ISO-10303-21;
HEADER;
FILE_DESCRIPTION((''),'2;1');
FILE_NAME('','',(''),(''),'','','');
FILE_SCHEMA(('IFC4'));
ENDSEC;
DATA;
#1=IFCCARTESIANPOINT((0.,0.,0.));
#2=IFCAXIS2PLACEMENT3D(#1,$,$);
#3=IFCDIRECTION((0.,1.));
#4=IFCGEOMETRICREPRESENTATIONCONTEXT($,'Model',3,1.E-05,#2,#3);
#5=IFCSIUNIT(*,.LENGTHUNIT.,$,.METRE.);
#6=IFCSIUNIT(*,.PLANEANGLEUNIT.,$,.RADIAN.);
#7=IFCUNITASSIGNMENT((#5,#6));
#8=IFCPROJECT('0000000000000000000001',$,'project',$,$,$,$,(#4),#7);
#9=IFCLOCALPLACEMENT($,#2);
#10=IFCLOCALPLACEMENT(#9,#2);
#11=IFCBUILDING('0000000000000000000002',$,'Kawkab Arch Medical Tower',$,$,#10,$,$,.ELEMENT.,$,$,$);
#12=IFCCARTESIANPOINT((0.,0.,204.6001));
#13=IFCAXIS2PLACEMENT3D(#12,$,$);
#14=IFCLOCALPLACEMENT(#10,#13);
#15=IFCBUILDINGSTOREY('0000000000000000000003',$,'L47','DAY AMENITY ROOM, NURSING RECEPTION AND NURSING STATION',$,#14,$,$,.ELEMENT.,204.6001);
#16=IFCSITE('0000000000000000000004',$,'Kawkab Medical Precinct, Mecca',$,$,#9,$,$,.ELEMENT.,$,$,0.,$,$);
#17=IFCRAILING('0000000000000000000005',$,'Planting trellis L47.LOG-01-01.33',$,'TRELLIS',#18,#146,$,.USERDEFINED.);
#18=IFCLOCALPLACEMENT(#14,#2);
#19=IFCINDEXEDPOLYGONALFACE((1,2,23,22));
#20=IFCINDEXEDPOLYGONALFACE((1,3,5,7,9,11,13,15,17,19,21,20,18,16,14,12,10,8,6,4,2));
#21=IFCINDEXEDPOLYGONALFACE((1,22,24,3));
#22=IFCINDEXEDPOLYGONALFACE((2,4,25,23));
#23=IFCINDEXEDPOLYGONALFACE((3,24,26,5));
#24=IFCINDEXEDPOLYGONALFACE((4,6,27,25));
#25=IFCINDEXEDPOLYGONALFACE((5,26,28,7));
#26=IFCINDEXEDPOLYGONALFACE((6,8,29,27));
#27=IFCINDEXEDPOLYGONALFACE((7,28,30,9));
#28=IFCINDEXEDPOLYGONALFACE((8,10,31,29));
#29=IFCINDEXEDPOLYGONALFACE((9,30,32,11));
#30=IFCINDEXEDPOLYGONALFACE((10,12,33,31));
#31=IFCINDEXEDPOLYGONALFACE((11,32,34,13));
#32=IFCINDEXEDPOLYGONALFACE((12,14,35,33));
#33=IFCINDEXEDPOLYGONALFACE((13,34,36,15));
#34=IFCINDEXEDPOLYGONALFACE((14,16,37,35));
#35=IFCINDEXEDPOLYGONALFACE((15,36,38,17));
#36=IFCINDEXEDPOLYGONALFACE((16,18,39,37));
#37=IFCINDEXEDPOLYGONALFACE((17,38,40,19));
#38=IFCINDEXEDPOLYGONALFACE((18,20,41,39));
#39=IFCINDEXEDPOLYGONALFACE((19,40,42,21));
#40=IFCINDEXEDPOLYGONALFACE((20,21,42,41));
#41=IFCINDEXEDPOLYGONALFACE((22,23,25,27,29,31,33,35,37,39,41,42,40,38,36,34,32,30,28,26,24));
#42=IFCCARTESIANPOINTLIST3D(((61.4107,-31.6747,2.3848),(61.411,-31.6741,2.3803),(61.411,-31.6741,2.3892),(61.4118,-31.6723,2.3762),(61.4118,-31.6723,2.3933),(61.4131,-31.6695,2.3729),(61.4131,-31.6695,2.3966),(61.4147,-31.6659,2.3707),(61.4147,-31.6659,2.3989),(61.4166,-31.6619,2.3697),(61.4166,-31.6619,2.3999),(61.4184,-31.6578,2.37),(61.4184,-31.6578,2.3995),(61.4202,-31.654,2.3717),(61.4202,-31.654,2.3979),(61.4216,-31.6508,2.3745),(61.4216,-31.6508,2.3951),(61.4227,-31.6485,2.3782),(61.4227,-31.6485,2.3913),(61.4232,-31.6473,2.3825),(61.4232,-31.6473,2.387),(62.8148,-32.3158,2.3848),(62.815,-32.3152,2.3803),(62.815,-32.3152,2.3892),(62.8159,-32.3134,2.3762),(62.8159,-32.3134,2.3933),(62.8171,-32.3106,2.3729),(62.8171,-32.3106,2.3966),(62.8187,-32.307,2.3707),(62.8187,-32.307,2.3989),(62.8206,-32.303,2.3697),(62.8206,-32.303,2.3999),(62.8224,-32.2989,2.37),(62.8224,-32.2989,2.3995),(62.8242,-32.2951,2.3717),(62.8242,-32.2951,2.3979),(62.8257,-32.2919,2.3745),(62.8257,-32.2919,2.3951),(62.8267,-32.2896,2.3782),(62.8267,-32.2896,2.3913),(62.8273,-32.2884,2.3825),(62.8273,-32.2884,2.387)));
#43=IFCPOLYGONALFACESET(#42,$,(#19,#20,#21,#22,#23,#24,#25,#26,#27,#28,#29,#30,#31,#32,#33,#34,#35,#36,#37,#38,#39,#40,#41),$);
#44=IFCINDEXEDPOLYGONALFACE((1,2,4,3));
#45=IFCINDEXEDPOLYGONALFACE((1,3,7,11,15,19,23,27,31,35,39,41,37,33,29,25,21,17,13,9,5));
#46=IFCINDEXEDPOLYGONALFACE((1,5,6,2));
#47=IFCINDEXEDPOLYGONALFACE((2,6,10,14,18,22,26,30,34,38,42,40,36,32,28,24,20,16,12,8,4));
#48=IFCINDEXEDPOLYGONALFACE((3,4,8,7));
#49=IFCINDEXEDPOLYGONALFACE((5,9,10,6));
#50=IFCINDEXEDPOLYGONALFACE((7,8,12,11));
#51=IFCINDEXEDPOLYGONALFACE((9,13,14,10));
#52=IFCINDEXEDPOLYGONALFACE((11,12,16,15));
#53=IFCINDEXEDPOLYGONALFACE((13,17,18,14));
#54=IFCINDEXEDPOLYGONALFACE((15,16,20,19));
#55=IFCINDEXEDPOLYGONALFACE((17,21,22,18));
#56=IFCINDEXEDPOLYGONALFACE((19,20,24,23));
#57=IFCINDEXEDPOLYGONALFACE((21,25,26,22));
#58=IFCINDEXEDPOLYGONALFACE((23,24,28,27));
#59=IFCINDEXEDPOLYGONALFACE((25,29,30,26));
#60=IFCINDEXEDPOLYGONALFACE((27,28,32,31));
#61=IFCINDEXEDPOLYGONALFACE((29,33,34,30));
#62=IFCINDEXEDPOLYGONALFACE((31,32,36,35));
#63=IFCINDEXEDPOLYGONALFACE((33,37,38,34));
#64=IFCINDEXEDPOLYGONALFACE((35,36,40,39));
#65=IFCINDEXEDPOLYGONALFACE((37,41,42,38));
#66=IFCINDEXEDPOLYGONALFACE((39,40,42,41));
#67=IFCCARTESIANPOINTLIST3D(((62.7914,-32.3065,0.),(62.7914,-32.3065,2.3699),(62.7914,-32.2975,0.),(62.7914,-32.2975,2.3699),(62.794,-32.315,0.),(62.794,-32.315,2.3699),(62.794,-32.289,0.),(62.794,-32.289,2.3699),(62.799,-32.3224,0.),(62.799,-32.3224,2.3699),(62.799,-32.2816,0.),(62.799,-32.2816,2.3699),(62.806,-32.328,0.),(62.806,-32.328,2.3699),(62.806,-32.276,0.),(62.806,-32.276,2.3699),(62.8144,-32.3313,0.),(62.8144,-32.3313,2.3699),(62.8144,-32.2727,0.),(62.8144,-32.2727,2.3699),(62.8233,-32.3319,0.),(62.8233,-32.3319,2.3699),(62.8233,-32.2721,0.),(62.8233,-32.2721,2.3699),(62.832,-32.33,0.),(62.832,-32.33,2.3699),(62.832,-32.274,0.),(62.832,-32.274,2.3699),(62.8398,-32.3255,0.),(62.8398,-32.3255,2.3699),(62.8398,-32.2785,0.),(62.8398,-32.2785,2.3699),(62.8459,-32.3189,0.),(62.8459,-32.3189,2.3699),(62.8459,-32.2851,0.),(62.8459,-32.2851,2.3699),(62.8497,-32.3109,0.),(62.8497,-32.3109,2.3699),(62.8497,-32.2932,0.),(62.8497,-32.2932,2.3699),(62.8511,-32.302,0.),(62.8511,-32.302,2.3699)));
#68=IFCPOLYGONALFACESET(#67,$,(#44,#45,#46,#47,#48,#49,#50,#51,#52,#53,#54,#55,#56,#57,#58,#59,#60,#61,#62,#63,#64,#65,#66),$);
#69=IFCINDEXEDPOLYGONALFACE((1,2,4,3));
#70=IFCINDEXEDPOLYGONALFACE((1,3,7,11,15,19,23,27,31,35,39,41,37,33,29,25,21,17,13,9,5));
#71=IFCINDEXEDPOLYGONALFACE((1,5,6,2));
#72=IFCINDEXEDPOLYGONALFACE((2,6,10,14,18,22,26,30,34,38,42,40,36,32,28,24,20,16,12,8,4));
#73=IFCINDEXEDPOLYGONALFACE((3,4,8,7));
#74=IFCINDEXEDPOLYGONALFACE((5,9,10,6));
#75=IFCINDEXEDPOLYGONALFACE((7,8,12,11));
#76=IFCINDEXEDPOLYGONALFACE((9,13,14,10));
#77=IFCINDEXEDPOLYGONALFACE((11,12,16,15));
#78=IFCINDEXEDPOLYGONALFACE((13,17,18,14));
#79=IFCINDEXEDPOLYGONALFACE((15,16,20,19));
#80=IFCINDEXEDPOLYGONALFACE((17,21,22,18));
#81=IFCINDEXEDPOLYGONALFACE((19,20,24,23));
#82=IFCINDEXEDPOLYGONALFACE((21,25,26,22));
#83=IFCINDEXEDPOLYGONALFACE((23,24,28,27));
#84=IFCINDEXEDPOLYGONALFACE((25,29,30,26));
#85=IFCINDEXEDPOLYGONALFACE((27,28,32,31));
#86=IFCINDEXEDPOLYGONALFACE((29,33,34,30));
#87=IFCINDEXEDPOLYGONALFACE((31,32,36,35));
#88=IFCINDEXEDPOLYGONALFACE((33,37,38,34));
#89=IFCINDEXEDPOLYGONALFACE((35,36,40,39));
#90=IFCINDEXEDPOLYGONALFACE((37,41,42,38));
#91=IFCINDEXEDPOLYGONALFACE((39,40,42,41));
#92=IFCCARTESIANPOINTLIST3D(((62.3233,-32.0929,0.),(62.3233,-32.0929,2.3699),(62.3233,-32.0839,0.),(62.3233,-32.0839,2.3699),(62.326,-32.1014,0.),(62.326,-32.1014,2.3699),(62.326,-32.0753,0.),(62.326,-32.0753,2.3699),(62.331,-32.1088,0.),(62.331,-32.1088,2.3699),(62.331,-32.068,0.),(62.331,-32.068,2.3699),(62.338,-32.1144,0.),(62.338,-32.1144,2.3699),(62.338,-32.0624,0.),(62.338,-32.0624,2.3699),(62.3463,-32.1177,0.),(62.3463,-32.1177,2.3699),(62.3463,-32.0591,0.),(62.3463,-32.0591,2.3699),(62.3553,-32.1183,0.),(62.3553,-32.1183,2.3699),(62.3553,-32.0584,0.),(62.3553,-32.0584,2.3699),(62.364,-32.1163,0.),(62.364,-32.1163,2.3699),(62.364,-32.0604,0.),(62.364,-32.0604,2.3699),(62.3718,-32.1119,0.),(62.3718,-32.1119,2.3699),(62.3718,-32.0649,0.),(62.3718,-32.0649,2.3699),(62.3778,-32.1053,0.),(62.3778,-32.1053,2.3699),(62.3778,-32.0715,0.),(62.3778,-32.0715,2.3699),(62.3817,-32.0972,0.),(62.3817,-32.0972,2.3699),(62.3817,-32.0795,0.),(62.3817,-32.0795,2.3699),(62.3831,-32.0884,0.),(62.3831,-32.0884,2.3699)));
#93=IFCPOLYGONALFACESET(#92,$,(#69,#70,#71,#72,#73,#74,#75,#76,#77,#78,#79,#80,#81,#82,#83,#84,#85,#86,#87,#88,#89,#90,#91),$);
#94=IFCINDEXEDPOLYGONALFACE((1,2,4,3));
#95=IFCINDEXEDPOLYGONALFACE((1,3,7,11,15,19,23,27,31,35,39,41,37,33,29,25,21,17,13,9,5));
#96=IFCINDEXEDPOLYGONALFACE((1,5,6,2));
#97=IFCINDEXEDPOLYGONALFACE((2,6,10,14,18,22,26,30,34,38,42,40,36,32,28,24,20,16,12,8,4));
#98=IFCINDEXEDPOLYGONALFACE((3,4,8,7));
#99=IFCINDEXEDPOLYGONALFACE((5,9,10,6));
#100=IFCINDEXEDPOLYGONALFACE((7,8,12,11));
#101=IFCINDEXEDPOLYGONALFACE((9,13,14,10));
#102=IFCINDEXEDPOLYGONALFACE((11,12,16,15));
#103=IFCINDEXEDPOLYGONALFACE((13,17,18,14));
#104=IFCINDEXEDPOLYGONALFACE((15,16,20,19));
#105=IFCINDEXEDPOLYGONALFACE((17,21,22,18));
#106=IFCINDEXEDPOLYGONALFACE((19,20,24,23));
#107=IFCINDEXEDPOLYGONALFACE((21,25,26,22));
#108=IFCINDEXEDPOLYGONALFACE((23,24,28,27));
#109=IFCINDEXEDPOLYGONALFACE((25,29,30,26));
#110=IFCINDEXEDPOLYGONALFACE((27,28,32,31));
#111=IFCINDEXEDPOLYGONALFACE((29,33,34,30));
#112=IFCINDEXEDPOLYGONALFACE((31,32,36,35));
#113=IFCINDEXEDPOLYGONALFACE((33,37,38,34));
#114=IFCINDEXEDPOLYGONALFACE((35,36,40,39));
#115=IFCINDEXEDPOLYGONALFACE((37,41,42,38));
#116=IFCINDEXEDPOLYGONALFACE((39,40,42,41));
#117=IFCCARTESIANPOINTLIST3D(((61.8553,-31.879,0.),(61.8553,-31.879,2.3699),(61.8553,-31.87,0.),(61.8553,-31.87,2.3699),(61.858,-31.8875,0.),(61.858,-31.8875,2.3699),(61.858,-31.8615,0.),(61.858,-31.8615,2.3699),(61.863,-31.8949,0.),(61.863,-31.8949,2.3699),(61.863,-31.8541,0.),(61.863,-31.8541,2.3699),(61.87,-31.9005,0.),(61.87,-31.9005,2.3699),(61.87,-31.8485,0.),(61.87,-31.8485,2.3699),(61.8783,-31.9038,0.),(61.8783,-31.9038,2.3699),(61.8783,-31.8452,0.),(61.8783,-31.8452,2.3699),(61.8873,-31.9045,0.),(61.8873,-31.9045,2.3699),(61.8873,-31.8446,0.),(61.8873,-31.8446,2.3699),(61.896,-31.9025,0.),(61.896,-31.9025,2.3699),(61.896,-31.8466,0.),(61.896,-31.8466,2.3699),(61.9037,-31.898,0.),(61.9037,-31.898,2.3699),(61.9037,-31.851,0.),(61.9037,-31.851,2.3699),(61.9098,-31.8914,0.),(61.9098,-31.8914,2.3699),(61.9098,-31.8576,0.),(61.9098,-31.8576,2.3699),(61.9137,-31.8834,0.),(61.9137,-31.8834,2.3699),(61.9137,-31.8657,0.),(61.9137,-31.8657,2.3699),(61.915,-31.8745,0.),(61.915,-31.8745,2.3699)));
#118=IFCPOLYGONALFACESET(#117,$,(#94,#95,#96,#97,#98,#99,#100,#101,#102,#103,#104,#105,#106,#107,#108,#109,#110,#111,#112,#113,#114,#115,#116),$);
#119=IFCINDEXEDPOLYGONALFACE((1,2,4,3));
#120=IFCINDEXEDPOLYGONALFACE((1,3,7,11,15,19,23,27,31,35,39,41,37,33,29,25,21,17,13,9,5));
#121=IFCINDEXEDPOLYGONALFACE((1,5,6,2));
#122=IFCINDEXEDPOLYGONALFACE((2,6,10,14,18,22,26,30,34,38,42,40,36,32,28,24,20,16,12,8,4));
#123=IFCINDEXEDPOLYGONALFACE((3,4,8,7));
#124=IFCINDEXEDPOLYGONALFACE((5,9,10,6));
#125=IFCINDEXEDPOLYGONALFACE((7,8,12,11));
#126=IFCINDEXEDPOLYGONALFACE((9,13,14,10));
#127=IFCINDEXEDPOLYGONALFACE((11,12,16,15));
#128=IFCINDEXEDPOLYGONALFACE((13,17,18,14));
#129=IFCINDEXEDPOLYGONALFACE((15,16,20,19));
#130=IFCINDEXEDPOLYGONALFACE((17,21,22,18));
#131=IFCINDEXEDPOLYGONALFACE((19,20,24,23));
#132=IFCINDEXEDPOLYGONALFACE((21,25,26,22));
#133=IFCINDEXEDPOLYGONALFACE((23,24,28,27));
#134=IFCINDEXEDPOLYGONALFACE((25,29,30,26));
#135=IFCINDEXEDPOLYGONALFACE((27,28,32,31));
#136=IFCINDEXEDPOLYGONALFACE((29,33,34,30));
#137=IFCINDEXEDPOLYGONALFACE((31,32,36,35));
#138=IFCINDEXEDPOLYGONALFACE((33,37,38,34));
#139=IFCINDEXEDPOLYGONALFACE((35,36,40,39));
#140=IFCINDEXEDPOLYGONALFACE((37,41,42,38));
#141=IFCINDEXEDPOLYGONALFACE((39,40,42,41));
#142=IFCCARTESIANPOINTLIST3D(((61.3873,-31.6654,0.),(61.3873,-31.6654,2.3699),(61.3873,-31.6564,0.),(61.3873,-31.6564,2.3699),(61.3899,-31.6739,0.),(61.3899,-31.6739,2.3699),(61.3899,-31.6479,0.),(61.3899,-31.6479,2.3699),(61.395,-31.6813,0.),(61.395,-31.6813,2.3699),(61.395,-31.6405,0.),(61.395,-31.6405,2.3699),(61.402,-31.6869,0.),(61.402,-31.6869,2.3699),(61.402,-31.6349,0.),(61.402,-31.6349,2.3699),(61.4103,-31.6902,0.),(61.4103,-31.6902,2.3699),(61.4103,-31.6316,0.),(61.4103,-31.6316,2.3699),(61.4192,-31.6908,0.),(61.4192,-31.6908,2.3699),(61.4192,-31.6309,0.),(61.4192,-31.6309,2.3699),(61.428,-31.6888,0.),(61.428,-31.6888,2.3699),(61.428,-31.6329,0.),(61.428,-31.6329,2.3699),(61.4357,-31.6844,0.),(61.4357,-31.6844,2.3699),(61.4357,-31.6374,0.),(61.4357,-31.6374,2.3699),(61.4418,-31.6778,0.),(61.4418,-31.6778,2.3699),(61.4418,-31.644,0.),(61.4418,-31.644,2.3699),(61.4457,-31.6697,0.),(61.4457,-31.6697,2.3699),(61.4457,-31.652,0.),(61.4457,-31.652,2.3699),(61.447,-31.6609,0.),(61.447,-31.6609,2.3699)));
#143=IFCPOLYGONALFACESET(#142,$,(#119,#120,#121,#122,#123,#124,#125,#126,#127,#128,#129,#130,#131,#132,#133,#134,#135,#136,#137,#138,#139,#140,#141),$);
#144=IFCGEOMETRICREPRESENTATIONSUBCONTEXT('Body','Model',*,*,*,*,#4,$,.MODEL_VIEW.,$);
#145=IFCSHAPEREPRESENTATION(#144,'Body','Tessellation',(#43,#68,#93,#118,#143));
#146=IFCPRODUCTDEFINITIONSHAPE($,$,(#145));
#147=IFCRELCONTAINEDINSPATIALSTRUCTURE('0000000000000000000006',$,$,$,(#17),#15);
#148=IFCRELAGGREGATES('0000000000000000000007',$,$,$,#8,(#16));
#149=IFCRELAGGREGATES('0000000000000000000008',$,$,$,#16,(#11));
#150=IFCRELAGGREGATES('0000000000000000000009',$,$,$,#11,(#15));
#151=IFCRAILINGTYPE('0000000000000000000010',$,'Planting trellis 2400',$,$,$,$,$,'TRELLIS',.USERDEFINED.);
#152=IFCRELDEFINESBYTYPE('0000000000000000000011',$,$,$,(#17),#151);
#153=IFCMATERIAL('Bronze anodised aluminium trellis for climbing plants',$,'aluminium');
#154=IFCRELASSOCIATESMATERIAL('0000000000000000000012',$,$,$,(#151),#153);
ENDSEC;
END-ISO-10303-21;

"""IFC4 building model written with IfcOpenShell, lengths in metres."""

from ifc_helpers import new_model, si_unit, direction, frame, origin, origin_2d, place, context, subcontext, project, spatial, circle, extrude, material, type_object, element, save


model = new_model("IFC4")

# Units and contexts
model_context = context("Model", 3, precision=1e-05, world=origin(), true_north=direction((0.0, 1.0)))
body_context = subcontext(model_context, "Body", "Model", "MODEL_VIEW")
ifc_project = project(units=[si_unit("LENGTHUNIT", "METRE"), si_unit("PLANEANGLEUNIT", "RADIAN")], contexts=[model_context])

# Site, building, storey
site_placement = place(None, origin())
site = spatial("IfcSite", under=ifc_project, at=site_placement, Name="Kawkab Medical Precinct, Mecca", CompositionType="ELEMENT", RefElevation=0.0)
building_placement = place(site_placement, origin())
building = spatial("IfcBuilding", under=site, at=building_placement, Name="Kawkab Arch Medical Tower", CompositionType="ELEMENT")
storey_placement = place(building_placement, frame((0.0, 0.0, 204.6001)))
storey = spatial("IfcBuildingStorey", under=building, at=storey_placement, Name="L47", Description="DAY AMENITY ROOM, NURSING RECEPTION AND NURSING STATION", CompositionType="ELEMENT", Elevation=204.6001)

# Railing
ifc_material_1 = material(Name="Bronze anodised aluminium trellis for climbing plants", Category="aluminium")
railing_type = type_object("IfcRailingType", Name="Planting trellis 2400", ElementType="TRELLIS", PredefinedType="USERDEFINED", material=ifc_material_1)
railing_1_placement = place(storey_placement, frame((62.821, -32.302, 0.0)))
element("IfcRailing", 1, at=railing_1_placement, inside=storey, type_object=railing_type, Name="Planting trellis L47.LOG-01-01.33", ObjectType="TRELLIS", PredefinedType="USERDEFINED", context=body_context, shape_type="SweptSolid", body=[
    extrude(circle(Radius=0.0151, at=origin_2d()), frame((0.0, 0.0, 2.3848), z_axis=(-0.909656, 0.415363, 0.0), x_axis=(-0.415363, -0.909656, 0.0)), (0.0, 0.0, 1.0), 1.5435),
    extrude(circle(Radius=0.03, at=origin_2d()), origin(), (0.0, 0.0, 1.0), 2.3699),
    extrude(circle(Radius=0.03, at=origin_2d()), frame((-0.468, 0.2136, 0.0)), (0.0, 0.0, 1.0), 2.3699),
    extrude(circle(Radius=0.03, at=origin_2d()), frame((-0.936, 0.4275, 0.0)), (0.0, 0.0, 1.0), 2.3699),
    extrude(circle(Radius=0.03, at=origin_2d()), frame((-1.4041, 0.6411, 0.0)), (0.0, 0.0, 1.0), 2.3699),
])

save(model, "model.ifc")
